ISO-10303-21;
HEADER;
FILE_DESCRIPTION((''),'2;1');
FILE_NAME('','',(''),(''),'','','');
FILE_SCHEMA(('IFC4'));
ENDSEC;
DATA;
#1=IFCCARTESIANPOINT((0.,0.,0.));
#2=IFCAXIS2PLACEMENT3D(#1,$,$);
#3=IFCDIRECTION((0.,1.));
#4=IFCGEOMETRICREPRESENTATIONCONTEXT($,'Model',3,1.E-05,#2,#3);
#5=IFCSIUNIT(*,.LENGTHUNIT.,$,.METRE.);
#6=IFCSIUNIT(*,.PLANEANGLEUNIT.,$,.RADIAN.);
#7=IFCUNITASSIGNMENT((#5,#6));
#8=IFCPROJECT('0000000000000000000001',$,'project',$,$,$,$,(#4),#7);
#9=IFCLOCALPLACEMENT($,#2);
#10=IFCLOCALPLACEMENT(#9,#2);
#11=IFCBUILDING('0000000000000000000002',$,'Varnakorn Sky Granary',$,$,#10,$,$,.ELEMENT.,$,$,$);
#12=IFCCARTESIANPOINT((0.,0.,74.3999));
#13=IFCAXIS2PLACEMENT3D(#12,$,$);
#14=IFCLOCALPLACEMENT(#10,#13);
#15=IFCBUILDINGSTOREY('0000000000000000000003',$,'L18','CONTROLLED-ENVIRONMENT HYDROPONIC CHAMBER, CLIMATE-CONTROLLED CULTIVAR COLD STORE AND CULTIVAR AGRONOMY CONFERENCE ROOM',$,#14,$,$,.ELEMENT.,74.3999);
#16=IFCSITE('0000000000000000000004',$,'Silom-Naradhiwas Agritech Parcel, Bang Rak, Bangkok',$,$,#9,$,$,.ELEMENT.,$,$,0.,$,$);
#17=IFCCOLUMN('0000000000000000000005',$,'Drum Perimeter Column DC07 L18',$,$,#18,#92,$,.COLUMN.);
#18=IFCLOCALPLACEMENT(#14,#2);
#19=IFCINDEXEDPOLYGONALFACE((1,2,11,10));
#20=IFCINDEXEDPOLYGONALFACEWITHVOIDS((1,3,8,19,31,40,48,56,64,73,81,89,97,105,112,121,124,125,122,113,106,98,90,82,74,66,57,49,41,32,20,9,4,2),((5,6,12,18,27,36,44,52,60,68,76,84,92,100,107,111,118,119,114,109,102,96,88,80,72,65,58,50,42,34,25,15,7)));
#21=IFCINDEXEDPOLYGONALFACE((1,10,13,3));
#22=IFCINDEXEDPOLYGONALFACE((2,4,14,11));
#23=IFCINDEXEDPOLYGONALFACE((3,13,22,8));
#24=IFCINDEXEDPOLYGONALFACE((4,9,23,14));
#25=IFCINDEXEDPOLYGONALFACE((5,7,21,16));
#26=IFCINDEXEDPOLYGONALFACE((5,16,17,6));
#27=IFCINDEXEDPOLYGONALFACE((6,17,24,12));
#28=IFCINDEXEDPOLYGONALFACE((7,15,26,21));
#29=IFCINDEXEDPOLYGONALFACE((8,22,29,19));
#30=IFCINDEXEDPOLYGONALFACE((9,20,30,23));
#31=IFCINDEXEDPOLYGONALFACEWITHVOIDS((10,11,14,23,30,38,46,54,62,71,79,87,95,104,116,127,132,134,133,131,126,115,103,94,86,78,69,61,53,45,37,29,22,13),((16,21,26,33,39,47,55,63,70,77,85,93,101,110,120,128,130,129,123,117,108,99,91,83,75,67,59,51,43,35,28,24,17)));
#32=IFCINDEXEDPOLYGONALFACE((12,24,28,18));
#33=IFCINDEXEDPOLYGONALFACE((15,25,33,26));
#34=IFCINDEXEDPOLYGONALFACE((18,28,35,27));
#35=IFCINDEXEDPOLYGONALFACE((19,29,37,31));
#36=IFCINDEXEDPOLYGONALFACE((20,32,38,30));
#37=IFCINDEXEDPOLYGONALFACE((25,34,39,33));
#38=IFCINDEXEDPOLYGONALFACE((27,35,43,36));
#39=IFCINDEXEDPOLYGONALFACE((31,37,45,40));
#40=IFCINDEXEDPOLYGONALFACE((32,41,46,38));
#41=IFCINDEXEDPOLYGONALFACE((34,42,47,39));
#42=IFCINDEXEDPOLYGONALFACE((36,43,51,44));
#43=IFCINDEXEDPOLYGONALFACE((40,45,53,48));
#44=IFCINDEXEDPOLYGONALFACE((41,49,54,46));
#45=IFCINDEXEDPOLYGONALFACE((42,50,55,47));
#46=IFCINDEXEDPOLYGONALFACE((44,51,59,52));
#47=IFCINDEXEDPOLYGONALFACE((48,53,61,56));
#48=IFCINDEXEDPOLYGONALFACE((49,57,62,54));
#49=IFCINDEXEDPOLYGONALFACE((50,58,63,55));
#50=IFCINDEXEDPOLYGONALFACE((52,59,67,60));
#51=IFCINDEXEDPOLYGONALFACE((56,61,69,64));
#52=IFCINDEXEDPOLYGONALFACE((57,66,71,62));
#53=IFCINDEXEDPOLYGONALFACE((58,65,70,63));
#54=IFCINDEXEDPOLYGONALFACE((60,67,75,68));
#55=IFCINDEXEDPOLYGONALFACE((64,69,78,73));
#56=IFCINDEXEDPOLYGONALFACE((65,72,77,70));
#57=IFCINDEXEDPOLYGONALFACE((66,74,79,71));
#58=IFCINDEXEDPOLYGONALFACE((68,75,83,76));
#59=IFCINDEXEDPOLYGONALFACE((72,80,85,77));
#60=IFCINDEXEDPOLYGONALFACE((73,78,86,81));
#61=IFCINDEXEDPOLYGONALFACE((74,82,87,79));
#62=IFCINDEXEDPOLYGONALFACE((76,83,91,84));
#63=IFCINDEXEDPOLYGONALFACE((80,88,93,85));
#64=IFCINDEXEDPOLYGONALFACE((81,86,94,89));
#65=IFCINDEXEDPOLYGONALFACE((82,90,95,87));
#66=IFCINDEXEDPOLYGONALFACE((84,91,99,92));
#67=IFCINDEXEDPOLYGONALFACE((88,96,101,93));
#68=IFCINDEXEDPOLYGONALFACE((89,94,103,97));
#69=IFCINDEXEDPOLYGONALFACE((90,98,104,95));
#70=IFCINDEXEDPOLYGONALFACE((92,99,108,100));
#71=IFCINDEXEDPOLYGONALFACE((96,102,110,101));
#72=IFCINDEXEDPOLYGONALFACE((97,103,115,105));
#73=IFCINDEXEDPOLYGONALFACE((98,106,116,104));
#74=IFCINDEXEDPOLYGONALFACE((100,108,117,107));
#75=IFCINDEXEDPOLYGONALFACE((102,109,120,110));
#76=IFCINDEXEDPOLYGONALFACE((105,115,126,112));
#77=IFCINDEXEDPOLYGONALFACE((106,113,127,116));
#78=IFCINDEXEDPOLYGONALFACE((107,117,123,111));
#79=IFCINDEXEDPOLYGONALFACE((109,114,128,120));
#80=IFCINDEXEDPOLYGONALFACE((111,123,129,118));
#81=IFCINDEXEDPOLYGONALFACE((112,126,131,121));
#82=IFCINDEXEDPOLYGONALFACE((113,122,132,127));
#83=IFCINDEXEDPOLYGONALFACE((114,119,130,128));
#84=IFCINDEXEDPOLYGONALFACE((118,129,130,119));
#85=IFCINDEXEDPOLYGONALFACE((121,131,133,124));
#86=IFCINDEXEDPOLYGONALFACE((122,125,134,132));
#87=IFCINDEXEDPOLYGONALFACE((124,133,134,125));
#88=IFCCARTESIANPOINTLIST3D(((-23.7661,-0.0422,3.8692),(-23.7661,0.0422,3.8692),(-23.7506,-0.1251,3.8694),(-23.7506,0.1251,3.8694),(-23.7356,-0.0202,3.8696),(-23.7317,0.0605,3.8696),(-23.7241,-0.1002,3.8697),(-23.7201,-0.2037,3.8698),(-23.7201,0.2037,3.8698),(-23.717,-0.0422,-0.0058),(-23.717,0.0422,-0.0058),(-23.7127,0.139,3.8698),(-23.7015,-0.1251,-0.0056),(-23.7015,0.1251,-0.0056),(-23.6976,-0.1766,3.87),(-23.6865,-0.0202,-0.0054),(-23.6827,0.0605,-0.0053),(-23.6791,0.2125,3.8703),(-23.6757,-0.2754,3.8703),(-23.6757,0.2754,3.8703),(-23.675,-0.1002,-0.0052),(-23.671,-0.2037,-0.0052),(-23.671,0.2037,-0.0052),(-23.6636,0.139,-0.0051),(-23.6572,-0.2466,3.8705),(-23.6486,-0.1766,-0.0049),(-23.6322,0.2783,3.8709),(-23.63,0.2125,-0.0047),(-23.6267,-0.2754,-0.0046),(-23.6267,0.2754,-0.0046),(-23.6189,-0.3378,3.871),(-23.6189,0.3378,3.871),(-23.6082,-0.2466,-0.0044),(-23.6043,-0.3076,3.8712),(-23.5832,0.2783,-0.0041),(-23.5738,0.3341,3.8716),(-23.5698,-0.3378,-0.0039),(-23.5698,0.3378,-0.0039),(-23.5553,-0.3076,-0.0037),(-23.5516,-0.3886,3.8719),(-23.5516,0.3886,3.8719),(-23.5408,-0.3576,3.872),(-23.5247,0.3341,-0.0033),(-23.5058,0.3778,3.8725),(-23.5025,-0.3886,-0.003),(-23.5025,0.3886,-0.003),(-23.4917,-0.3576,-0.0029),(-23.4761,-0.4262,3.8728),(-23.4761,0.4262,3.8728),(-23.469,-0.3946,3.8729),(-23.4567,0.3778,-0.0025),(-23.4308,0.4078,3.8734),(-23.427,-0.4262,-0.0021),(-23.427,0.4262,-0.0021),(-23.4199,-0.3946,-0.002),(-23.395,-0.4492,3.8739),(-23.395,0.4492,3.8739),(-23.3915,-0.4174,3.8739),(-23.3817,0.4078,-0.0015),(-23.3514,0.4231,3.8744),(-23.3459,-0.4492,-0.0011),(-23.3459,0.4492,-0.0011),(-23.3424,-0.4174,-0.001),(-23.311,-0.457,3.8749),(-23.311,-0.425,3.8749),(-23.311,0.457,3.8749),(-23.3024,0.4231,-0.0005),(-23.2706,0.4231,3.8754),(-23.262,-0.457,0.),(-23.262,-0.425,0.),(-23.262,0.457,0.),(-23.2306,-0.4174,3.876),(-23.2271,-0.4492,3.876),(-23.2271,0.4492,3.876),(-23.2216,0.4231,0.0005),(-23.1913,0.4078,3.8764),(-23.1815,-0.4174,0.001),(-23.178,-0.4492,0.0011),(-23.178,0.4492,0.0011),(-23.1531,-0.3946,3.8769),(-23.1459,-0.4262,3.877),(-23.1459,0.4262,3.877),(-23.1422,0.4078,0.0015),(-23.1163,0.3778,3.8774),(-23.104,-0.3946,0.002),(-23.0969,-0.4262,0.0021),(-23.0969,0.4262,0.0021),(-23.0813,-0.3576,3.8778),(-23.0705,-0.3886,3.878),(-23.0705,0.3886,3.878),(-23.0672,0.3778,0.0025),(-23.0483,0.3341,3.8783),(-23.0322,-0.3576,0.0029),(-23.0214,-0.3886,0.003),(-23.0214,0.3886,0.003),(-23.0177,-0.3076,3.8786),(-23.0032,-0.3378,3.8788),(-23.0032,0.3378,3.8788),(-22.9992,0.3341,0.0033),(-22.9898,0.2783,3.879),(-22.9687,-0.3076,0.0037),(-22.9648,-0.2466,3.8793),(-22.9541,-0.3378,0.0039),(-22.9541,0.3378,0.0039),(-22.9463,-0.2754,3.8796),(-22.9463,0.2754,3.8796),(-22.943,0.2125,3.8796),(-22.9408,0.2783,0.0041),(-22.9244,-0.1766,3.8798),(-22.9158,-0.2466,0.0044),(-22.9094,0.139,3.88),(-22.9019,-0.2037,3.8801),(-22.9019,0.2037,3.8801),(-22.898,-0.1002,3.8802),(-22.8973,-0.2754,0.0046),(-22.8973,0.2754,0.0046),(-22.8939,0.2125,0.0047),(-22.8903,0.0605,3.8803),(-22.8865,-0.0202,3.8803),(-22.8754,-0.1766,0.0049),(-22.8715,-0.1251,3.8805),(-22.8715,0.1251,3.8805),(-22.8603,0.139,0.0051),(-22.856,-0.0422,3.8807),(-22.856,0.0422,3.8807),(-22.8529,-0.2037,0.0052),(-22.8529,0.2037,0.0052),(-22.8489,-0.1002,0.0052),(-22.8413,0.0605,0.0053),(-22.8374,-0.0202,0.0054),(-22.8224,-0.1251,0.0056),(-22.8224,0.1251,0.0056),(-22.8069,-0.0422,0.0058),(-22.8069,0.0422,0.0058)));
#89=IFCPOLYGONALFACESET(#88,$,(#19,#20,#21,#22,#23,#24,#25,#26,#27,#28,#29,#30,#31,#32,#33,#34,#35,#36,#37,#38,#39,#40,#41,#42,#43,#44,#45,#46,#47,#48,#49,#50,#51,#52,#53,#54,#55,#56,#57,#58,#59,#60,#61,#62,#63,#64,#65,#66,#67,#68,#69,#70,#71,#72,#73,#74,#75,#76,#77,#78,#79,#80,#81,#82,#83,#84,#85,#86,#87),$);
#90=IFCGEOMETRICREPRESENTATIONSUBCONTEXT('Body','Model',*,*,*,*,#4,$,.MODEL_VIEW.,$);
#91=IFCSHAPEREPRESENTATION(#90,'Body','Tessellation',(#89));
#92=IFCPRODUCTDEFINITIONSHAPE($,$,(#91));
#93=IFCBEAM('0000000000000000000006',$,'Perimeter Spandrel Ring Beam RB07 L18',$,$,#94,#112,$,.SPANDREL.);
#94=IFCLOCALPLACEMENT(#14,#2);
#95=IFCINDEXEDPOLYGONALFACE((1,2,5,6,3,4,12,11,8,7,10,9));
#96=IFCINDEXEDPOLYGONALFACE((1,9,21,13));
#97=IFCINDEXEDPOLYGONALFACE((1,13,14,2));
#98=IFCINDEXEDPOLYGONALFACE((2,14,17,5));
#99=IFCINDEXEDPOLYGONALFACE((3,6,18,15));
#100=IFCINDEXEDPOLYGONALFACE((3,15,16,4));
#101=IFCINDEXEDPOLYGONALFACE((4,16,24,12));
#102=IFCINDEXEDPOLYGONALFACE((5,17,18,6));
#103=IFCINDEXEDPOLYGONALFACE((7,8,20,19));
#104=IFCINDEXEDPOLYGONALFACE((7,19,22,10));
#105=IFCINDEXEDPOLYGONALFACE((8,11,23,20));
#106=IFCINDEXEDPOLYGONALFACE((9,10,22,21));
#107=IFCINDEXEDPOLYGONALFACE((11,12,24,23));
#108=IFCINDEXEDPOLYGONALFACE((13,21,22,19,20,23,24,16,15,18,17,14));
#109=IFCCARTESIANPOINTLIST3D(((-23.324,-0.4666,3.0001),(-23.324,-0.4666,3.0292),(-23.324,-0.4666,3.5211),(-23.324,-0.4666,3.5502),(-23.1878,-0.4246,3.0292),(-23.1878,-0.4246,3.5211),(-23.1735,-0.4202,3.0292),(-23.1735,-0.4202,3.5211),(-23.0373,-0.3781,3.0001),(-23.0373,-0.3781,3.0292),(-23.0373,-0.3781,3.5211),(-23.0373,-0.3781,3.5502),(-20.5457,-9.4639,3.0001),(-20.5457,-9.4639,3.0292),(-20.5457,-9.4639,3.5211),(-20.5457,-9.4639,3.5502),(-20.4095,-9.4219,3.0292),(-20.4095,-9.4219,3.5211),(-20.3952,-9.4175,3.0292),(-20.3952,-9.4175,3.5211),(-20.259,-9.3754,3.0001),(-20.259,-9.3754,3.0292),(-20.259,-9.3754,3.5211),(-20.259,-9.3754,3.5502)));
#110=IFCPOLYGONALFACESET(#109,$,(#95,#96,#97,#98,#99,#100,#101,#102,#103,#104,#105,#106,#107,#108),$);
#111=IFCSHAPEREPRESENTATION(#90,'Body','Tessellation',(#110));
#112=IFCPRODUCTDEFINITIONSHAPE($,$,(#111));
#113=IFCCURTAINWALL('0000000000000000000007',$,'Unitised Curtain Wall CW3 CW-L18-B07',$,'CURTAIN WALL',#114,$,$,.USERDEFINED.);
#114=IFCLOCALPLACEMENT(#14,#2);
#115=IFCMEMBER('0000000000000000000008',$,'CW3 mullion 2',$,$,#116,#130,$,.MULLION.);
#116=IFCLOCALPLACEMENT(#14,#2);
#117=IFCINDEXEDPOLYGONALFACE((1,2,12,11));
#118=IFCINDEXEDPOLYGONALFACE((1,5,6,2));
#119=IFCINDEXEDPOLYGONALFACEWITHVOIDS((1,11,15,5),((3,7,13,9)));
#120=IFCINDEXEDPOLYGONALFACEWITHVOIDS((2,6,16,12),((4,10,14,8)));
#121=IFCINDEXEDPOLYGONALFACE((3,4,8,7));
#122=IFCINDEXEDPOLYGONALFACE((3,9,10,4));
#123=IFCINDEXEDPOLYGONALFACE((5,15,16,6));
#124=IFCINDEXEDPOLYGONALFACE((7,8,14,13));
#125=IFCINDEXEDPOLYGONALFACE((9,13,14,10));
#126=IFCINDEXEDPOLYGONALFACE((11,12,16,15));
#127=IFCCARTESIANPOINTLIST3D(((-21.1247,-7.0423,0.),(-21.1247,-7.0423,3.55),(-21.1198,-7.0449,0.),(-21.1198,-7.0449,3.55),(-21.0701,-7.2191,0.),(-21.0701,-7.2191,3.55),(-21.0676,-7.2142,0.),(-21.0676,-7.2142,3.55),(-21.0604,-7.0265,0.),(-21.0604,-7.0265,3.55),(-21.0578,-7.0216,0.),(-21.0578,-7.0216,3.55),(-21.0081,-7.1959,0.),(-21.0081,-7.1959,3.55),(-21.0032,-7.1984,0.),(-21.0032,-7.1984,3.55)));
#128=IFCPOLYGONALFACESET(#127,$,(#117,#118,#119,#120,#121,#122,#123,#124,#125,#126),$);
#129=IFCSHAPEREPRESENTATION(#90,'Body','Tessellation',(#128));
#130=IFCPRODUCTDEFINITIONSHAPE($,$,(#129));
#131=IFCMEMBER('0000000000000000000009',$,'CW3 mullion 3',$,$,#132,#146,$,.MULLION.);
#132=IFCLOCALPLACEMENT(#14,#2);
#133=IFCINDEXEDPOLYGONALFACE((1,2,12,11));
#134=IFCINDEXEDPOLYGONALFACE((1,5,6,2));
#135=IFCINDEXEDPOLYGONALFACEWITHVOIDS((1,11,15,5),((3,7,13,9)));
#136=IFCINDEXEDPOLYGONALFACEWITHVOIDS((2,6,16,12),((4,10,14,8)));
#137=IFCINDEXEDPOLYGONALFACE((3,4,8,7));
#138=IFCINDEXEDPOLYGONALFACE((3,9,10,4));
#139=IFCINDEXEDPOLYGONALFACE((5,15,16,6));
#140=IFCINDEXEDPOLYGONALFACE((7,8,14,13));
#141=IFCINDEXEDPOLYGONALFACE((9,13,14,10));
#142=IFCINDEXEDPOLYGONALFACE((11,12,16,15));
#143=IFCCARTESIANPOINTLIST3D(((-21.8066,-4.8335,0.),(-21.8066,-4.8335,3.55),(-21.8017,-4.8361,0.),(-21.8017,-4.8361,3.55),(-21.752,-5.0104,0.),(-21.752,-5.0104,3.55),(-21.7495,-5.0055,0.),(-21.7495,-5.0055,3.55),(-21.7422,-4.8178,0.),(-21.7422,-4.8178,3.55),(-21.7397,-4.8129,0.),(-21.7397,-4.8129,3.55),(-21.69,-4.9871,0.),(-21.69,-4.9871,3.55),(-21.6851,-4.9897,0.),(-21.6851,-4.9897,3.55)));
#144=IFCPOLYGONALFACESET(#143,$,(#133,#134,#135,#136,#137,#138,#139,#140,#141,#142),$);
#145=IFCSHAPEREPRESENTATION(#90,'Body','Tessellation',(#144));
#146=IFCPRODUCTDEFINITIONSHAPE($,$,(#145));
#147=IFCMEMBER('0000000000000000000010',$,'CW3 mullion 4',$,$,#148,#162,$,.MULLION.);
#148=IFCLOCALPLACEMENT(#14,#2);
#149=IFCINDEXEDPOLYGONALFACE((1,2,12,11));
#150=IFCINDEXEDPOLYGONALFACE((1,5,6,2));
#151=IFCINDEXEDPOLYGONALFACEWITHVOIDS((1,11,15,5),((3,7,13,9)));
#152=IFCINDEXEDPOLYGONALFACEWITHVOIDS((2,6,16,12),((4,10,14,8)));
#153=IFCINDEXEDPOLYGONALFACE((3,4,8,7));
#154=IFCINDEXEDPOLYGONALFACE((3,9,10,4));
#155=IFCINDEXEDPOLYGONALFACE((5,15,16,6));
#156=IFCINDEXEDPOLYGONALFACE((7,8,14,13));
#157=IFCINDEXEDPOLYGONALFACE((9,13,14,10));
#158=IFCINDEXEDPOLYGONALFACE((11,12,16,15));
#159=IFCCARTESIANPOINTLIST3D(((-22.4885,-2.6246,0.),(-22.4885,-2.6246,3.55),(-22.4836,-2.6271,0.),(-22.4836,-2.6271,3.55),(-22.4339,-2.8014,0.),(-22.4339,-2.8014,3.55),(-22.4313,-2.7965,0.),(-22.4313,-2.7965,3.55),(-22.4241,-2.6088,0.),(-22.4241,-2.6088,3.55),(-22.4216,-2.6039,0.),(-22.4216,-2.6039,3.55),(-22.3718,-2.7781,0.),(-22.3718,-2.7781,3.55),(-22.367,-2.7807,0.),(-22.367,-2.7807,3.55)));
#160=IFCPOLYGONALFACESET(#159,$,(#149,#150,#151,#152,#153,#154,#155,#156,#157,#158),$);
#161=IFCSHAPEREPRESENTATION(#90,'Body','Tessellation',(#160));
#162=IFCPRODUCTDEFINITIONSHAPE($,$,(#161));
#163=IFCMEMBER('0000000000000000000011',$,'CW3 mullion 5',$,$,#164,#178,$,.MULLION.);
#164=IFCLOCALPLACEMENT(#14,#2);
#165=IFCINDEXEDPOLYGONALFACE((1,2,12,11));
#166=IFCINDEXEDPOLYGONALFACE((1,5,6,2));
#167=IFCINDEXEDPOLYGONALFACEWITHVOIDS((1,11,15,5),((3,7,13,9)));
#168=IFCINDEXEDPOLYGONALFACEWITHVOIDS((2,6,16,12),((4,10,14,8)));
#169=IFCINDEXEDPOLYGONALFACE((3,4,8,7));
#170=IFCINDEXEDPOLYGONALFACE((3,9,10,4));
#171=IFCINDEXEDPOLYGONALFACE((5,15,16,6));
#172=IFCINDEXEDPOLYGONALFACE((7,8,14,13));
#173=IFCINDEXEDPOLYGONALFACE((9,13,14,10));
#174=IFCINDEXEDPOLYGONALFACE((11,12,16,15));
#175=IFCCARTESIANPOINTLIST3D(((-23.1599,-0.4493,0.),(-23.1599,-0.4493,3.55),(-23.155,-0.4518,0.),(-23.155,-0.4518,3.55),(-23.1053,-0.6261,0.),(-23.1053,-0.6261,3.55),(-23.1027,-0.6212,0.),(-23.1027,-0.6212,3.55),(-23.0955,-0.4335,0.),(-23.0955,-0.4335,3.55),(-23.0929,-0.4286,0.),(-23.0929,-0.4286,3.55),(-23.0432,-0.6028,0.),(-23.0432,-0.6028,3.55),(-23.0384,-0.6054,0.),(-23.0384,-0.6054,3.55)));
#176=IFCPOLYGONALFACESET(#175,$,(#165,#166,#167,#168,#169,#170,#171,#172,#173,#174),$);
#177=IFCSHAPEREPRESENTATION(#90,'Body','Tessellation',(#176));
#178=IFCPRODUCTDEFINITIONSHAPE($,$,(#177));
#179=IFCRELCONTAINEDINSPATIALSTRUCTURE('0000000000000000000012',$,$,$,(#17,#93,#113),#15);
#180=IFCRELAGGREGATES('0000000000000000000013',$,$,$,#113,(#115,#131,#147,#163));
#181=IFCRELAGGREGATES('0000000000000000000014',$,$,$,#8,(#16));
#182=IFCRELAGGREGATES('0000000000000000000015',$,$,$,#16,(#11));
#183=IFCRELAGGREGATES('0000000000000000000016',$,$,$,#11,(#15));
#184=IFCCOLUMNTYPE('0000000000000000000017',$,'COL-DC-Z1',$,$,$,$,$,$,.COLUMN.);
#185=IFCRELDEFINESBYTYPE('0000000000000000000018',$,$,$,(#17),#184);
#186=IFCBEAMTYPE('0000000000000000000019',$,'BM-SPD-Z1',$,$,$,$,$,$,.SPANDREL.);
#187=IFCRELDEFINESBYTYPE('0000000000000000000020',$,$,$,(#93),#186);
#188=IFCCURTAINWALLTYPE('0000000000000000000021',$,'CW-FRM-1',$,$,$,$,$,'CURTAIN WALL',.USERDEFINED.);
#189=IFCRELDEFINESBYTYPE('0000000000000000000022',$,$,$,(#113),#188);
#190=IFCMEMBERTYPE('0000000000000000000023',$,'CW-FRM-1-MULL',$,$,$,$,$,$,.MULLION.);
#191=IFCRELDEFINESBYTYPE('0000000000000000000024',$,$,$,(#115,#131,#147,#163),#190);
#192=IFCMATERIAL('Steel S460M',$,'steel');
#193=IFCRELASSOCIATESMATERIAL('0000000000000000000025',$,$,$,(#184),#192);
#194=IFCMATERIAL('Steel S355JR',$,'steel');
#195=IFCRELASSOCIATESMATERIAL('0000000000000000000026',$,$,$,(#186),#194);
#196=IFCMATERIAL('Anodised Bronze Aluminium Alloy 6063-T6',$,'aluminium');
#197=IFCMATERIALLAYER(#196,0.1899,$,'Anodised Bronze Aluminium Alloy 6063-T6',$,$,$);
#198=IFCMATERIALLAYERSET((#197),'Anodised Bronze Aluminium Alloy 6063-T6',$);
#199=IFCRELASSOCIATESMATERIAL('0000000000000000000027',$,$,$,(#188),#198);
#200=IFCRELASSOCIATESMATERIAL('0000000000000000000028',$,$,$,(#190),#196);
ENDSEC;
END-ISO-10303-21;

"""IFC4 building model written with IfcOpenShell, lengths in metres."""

from ifc_helpers import new_model, si_unit, direction, frame, origin, origin_2d, place, context, subcontext, project, spatial, hollow_rectangle, hollow_circle, i_section, extrude, material, layer, layer_set, material_profile, profile_set, type_object, element, aggregate, save


model = new_model("IFC4")

# Units and contexts
model_context = context("Model", 3, precision=1e-05, world=origin(), true_north=direction((0.0, 1.0)))
body_context = subcontext(model_context, "Body", "Model", "MODEL_VIEW")
ifc_project = project(units=[si_unit("LENGTHUNIT", "METRE"), si_unit("PLANEANGLEUNIT", "RADIAN")], contexts=[model_context])

# Site, building, storey
site_placement = place(None, origin())
site = spatial("IfcSite", under=ifc_project, at=site_placement, Name="Silom-Naradhiwas Agritech Parcel, Bang Rak, Bangkok", CompositionType="ELEMENT", RefElevation=0.0)
building_placement = place(site_placement, origin())
building = spatial("IfcBuilding", under=site, at=building_placement, Name="Varnakorn Sky Granary", CompositionType="ELEMENT")
storey_placement = place(building_placement, frame((0.0, 0.0, 74.3999)))
storey = spatial("IfcBuildingStorey", under=building, at=storey_placement, Name="L18", Description="CONTROLLED-ENVIRONMENT HYDROPONIC CHAMBER, CLIMATE-CONTROLLED CULTIVAR COLD STORE AND CULTIVAR AGRONOMY CONFERENCE ROOM", CompositionType="ELEMENT", Elevation=74.3999)

# Column
ifc_material_1 = material(Name="Steel S460M", Category="steel")
ifc_material_profile_1 = material_profile(ifc_material_1, hollow_circle(Radius=0.457, WallThickness=0.032, at=origin_2d()), Name="CHS 914x32")
ifc_profile_set_1 = profile_set([ifc_material_profile_1], Name="Steel S460M")
column_type = type_object("IfcColumnType", Name="COL-DC-Z1", PredefinedType="COLUMN", material=ifc_profile_set_1)
column_placement = place(storey_placement, frame((-23.262, 0.0, 0.0), z_axis=(-0.012663, 0.0, 0.99992), x_axis=(0.0, -1.0, 0.0)))
element("IfcColumn", 1, at=column_placement, inside=storey, type_object=column_type, Name="Drum Perimeter Column DC07 L18", PredefinedType="COLUMN", context=body_context, shape_type="SweptSolid", body=[
    extrude(hollow_circle(Radius=0.457, WallThickness=0.032, at=origin_2d()), origin(), (0.0, 0.0, 1.0), 3.8752),
])

# Beam
ifc_material_2 = material(Name="Steel S355JR", Category="steel")
ifc_material_profile_2 = material_profile(ifc_material_2, i_section(OverallWidth=0.3, OverallDepth=0.55, WebThickness=0.0149, FlangeThickness=0.0291, at=origin_2d()), Name="HE 550 B")
ifc_profile_set_2 = profile_set([ifc_material_profile_2], Name="Steel S355JR")
beam_type = type_object("IfcBeamType", Name="BM-SPD-Z1", PredefinedType="SPANDREL", material=ifc_profile_set_2)
beam_placement = place(storey_placement, frame((-23.1807, -0.4224, 3.2751), z_axis=(0.295048, -0.955483, 0.0), x_axis=(0.955483, 0.295048, 0.0)))
element("IfcBeam", 2, at=beam_placement, inside=storey, type_object=beam_type, Name="Perimeter Spandrel Ring Beam RB07 L18", PredefinedType="SPANDREL", context=body_context, shape_type="SweptSolid", body=[
    extrude(i_section(OverallWidth=0.3, OverallDepth=0.55, WebThickness=0.0149, FlangeThickness=0.0291, at=origin_2d()), origin(), (0.0, 0.0, 1.0), 9.4165),
])

# Curtain wall, members
ifc_material_3 = material(Name="Anodised Bronze Aluminium Alloy 6063-T6", Category="aluminium")
ifc_layer_1 = layer(ifc_material_3, 0.1899, Name="Anodised Bronze Aluminium Alloy 6063-T6")
ifc_layer_set_1 = layer_set([ifc_layer_1], Name="Anodised Bronze Aluminium Alloy 6063-T6")
curtain_wall_type = type_object("IfcCurtainWallType", Name="CW-FRM-1", ElementType="CURTAIN WALL", PredefinedType="USERDEFINED", material=ifc_layer_set_1)
curtain_wall_placement = place(storey_placement, origin())
curtain_wall = element("IfcCurtainWall", 3, at=curtain_wall_placement, inside=storey, type_object=curtain_wall_type, Name="Unitised Curtain Wall CW3 CW-L18-B07", ObjectType="CURTAIN WALL", PredefinedType="USERDEFINED")
ifc_material_profile_3 = material_profile(ifc_material_3, hollow_rectangle(XDim=0.0701, YDim=0.1851, WallThickness=0.0039, at=origin_2d()), Name="ALU MULL 70x185")
ifc_profile_set_3 = profile_set([ifc_material_profile_3], Name="Anodised Bronze Aluminium Alloy 6063-T6")
member_type_1 = type_object("IfcMemberType", Name="CW-FRM-1-MULL", PredefinedType="MULLION", material=ifc_profile_set_3)
member_1_placement = place(storey_placement, frame((-21.064, -7.1204, 0.0), z_axis=(0.0, 0.0, 1.0), x_axis=(-0.955504, -0.294979, 0.0)))
member_1 = element("IfcMember", 4, at=member_1_placement, type_object=member_type_1, Name="CW3 mullion 2", PredefinedType="MULLION", context=body_context, shape_type="SweptSolid", body=[
    extrude(hollow_rectangle(XDim=0.0701, YDim=0.1851, WallThickness=0.0039, at=origin_2d()), origin(), (0.0, 0.0, 1.0), 3.55),
])
member_2_placement = place(storey_placement, frame((-21.7458, -4.9116, 0.0), z_axis=(0.0, 0.0, 1.0), x_axis=(-0.955504, -0.294979, 0.0)))
member_2 = element("IfcMember", 5, at=member_2_placement, type_object=member_type_1, Name="CW3 mullion 3", PredefinedType="MULLION", context=body_context, shape_type="SweptSolid", body=[
    extrude(hollow_rectangle(XDim=0.0701, YDim=0.1851, WallThickness=0.0039, at=origin_2d()), origin(), (0.0, 0.0, 1.0), 3.55),
])
member_3_placement = place(storey_placement, frame((-22.4277, -2.7026, 0.0), z_axis=(0.0, 0.0, 1.0), x_axis=(-0.955504, -0.294979, 0.0)))
member_3 = element("IfcMember", 6, at=member_3_placement, type_object=member_type_1, Name="CW3 mullion 4", PredefinedType="MULLION", context=body_context, shape_type="SweptSolid", body=[
    extrude(hollow_rectangle(XDim=0.0701, YDim=0.1851, WallThickness=0.0039, at=origin_2d()), origin(), (0.0, 0.0, 1.0), 3.55),
])
member_4_placement = place(storey_placement, frame((-23.0991, -0.5273, 0.0), z_axis=(0.0, 0.0, 1.0), x_axis=(-0.955504, -0.294979, 0.0)))
member_4 = element("IfcMember", 7, at=member_4_placement, type_object=member_type_1, Name="CW3 mullion 5", PredefinedType="MULLION", context=body_context, shape_type="SweptSolid", body=[
    extrude(hollow_rectangle(XDim=0.0701, YDim=0.1851, WallThickness=0.0039, at=origin_2d()), origin(), (0.0, 0.0, 1.0), 3.55),
])

aggregate(curtain_wall, [member_1, member_2, member_3, member_4])

save(model, "model.ifc")
